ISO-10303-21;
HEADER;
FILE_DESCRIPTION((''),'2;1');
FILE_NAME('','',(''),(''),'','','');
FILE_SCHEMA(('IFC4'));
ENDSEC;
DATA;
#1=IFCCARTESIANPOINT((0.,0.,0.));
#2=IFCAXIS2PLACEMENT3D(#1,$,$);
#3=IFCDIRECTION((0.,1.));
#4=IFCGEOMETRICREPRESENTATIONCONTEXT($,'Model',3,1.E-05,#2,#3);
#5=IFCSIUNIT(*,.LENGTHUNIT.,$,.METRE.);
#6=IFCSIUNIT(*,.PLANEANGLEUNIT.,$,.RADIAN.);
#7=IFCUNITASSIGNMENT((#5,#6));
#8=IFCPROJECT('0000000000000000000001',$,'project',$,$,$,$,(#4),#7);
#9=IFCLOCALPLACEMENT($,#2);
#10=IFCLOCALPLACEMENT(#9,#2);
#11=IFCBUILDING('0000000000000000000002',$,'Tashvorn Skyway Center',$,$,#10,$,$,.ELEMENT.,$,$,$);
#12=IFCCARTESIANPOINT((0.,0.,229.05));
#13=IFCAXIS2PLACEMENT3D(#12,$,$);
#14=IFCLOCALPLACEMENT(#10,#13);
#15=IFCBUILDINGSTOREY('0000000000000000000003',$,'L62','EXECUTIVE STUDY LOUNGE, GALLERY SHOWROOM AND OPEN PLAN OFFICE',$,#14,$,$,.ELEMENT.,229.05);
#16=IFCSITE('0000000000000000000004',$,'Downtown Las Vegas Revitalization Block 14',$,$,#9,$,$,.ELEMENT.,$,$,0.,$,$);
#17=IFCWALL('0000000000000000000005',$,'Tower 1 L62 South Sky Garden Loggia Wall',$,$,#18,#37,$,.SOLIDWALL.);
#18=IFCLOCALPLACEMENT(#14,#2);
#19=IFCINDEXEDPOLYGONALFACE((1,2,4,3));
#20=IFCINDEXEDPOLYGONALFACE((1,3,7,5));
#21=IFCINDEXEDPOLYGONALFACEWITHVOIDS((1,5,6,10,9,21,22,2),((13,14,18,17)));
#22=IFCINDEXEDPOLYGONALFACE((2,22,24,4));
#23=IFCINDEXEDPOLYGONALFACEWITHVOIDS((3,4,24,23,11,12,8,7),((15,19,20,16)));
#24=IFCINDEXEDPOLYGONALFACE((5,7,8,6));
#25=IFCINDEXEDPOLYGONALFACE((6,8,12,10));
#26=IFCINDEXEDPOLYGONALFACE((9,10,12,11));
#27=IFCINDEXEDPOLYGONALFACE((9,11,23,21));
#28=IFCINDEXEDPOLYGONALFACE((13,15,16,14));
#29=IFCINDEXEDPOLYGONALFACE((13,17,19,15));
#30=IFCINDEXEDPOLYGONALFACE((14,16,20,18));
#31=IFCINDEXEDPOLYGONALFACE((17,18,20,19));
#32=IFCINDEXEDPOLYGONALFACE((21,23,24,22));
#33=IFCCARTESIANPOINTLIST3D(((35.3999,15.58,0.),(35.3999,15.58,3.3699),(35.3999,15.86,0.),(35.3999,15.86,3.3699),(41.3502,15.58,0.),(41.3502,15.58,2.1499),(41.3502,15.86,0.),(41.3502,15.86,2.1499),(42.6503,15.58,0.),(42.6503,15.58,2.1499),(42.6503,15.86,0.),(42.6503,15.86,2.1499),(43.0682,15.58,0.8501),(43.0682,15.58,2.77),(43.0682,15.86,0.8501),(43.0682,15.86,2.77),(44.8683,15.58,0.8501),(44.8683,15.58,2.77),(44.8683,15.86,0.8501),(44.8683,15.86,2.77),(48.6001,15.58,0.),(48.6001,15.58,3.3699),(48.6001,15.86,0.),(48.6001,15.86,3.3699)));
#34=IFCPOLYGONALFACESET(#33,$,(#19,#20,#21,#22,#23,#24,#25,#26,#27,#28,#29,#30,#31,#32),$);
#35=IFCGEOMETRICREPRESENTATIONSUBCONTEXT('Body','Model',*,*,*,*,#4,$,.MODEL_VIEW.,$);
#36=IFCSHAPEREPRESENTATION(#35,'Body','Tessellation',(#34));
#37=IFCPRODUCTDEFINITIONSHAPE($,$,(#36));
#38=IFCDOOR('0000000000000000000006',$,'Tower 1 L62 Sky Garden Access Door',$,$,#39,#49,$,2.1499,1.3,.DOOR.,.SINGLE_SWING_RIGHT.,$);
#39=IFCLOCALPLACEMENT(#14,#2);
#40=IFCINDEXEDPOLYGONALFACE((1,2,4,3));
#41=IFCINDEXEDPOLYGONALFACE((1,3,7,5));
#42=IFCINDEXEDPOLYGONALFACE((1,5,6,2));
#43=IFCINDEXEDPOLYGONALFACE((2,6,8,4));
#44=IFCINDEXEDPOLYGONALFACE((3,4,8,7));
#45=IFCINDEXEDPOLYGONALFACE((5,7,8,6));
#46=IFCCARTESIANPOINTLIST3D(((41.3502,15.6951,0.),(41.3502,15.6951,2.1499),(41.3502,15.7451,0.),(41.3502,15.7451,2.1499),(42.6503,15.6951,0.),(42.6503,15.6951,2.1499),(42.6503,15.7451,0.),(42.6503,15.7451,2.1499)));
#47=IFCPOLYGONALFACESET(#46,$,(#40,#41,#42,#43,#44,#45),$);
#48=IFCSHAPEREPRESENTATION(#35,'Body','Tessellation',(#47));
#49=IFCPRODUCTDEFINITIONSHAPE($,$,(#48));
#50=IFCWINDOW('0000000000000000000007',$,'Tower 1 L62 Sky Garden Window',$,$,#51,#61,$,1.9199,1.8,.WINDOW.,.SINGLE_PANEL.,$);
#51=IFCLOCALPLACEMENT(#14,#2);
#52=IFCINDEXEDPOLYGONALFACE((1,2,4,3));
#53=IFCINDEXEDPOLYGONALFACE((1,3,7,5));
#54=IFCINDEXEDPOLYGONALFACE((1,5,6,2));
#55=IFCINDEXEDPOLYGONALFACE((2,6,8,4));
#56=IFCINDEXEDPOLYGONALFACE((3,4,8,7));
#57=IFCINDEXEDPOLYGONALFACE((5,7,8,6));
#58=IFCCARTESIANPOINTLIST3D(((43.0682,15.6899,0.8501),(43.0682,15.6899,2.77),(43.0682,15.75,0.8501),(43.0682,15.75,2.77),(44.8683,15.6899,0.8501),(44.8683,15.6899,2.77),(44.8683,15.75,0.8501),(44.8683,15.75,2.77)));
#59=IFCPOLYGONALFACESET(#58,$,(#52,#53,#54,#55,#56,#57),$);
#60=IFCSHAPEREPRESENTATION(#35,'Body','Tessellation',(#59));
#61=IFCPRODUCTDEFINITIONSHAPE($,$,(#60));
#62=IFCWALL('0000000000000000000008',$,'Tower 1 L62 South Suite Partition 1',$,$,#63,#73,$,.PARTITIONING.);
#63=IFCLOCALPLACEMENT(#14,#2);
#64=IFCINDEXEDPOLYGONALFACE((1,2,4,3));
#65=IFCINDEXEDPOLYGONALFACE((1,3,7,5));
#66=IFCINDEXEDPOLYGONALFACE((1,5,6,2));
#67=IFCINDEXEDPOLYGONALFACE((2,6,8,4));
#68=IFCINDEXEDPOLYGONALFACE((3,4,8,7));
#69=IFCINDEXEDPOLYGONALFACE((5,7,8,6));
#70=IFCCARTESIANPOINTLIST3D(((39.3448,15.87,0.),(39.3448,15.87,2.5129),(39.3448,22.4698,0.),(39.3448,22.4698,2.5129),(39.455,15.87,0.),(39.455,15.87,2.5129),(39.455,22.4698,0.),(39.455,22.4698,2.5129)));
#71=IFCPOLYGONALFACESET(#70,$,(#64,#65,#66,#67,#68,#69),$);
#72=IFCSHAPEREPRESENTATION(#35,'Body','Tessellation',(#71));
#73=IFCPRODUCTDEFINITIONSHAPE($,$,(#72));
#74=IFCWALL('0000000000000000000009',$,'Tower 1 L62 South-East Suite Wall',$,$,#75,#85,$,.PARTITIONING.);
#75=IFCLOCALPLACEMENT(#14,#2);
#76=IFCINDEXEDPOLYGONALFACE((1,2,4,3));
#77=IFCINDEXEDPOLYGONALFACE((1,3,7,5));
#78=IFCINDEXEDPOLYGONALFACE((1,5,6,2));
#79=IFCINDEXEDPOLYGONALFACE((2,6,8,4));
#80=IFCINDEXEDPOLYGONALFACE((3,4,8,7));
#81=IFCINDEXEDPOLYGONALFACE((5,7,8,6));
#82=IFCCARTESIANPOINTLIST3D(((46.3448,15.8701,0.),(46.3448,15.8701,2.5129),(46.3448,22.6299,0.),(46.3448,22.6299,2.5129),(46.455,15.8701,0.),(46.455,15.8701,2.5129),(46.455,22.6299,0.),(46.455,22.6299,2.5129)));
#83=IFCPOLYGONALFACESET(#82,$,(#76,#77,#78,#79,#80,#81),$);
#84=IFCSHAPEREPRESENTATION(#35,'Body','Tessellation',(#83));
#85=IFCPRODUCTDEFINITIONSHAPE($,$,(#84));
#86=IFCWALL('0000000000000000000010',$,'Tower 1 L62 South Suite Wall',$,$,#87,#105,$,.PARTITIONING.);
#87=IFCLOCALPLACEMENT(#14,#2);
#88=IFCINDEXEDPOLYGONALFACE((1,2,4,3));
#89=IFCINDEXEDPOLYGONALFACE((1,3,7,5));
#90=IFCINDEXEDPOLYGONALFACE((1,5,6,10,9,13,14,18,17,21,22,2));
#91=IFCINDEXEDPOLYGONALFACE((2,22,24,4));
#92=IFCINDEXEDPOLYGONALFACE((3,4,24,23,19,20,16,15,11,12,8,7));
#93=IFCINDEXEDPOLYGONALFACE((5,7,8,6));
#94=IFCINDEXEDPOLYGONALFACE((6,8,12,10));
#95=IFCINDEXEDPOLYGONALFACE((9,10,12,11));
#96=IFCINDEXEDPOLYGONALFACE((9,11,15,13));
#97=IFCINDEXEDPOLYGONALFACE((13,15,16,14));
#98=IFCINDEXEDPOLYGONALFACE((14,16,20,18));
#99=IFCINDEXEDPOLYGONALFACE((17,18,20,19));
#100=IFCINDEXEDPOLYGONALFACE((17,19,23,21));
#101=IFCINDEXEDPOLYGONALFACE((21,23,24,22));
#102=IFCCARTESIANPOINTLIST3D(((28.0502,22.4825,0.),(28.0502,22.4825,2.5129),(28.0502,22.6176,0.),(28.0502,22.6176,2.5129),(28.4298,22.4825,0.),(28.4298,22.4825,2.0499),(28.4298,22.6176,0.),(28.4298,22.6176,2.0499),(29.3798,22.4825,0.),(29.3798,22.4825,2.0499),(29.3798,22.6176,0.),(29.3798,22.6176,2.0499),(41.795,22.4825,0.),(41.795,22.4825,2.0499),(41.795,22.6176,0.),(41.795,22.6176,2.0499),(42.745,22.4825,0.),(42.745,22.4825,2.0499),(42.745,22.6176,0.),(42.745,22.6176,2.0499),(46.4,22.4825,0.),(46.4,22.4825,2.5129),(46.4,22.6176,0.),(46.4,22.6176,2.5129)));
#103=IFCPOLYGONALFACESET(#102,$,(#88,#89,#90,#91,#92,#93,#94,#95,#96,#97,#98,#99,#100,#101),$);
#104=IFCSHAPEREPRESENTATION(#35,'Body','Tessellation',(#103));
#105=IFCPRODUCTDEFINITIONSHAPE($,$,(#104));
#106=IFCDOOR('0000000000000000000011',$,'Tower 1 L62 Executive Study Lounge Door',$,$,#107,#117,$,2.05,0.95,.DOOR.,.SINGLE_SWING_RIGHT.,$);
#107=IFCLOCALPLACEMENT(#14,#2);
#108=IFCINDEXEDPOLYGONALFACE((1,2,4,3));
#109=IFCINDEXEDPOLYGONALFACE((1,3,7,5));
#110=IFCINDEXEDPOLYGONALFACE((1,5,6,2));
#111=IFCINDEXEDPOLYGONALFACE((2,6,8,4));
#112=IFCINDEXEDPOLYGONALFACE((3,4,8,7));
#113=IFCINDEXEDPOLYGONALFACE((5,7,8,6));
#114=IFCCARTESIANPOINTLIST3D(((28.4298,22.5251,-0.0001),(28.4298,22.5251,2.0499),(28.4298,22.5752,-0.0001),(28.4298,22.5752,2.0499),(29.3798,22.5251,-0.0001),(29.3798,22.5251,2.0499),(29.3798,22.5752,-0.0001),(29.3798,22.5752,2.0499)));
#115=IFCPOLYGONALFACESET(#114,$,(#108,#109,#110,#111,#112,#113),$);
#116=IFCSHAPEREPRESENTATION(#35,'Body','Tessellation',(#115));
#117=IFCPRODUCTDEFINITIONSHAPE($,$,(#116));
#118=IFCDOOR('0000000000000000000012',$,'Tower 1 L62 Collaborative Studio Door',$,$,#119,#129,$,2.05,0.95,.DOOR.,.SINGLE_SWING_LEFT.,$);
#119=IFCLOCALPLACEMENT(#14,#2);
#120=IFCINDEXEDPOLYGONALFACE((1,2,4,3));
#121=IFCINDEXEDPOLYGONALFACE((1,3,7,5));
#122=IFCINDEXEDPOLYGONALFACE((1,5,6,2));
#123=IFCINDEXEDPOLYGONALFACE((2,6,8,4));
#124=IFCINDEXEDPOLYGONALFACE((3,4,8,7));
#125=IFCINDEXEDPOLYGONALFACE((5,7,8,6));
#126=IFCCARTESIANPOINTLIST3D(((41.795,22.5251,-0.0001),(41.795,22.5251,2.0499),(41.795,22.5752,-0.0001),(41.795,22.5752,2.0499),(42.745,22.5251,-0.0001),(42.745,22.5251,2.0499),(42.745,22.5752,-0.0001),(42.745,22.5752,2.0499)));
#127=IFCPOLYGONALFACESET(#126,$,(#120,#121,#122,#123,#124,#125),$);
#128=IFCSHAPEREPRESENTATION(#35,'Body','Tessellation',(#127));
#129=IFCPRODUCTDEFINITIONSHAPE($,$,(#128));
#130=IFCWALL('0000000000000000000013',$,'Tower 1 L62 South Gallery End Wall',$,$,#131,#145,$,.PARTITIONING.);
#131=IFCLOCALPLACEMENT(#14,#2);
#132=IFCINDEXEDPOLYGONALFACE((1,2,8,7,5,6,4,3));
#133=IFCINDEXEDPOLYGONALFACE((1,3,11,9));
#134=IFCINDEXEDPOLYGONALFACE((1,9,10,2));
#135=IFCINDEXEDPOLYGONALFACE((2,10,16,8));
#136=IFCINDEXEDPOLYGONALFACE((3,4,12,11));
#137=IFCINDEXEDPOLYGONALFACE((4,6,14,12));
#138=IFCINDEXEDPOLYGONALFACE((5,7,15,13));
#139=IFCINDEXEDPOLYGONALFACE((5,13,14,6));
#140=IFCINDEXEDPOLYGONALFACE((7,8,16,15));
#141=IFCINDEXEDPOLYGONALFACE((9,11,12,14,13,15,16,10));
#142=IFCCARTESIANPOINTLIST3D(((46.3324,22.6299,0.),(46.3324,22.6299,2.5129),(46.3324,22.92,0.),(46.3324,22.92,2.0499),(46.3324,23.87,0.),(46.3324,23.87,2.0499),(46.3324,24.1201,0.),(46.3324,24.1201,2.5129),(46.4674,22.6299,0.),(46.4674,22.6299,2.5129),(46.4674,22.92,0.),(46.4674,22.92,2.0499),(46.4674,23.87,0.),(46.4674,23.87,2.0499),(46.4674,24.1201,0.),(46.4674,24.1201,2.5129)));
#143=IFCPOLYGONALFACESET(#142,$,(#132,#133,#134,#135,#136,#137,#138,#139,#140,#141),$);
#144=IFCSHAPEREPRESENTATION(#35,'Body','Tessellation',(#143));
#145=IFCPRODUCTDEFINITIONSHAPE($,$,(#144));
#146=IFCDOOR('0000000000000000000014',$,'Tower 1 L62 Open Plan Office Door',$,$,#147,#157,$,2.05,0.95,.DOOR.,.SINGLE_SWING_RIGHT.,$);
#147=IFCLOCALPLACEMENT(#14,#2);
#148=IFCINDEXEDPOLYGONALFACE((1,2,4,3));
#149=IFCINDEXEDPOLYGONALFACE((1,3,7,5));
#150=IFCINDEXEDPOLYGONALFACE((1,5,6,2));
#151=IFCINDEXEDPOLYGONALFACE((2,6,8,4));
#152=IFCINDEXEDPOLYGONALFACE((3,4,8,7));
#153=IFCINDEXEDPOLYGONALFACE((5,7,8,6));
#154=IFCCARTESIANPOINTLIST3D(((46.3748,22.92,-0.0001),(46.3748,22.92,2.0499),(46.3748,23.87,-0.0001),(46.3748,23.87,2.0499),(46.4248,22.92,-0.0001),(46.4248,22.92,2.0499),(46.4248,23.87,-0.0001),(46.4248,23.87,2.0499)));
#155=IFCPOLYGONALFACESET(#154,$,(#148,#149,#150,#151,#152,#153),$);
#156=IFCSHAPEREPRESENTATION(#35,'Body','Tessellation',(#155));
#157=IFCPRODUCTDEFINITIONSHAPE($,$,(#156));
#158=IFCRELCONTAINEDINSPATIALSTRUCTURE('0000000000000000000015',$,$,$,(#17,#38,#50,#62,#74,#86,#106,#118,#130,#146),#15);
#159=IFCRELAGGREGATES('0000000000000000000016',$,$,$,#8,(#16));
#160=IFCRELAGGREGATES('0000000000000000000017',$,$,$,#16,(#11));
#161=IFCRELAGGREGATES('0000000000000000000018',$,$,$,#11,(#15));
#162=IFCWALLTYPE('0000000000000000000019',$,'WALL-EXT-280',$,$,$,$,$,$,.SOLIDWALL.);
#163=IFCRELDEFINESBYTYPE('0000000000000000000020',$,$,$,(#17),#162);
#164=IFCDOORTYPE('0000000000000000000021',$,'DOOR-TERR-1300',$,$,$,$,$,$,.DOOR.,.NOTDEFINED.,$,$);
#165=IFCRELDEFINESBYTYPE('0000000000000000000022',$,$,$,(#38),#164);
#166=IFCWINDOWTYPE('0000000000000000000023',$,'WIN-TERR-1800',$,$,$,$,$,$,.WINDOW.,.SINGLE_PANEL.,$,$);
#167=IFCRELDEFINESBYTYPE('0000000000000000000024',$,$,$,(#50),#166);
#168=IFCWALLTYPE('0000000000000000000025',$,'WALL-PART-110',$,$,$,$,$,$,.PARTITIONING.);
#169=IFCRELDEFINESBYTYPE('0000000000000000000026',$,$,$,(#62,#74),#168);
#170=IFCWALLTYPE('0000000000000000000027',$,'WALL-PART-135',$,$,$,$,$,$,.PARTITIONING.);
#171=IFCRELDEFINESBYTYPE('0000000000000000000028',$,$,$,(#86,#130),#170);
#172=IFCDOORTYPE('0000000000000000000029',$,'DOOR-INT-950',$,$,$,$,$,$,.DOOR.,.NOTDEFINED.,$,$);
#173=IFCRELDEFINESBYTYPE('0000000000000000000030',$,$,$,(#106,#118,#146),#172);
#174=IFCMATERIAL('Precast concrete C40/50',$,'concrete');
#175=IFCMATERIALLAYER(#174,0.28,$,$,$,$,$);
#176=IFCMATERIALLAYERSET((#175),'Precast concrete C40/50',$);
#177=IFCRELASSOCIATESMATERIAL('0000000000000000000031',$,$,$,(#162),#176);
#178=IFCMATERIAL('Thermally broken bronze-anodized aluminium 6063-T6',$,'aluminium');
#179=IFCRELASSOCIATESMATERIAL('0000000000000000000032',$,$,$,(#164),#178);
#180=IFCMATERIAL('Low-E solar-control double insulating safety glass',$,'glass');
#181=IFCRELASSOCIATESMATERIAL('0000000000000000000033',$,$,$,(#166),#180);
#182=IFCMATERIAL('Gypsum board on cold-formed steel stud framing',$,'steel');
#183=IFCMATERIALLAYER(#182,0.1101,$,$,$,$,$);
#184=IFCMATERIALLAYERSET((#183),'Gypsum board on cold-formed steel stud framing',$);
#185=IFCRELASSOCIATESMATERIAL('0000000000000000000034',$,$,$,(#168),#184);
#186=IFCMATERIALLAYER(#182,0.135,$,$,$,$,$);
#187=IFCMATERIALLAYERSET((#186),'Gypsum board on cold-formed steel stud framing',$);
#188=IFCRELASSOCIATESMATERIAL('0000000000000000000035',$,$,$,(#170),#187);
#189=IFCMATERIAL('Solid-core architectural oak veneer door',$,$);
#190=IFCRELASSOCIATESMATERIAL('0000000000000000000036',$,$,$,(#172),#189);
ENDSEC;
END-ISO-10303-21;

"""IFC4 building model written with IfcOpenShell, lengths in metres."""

from ifc_helpers import new_model, si_unit, direction, frame, frame_2d, origin, place, context, subcontext, project, spatial, rectangle, extrude, material, layer, layer_set, type_object, element, fill, save


model = new_model("IFC4")

# Units and contexts
model_context = context("Model", 3, precision=1e-05, world=origin(), true_north=direction((0.0, 1.0)))
body_context = subcontext(model_context, "Body", "Model", "MODEL_VIEW")
ifc_project = project(units=[si_unit("LENGTHUNIT", "METRE"), si_unit("PLANEANGLEUNIT", "RADIAN")], contexts=[model_context])

# Site, building, storey
site_placement = place(None, origin())
site = spatial("IfcSite", under=ifc_project, at=site_placement, Name="Downtown Las Vegas Revitalization Block 14", CompositionType="ELEMENT", RefElevation=0.0)
building_placement = place(site_placement, origin())
building = spatial("IfcBuilding", under=site, at=building_placement, Name="Tashvorn Skyway Center", CompositionType="ELEMENT")
storey_placement = place(building_placement, frame((0.0, 0.0, 229.05)))
storey = spatial("IfcBuildingStorey", under=building, at=storey_placement, Name="L62", Description="EXECUTIVE STUDY LOUNGE, GALLERY SHOWROOM AND OPEN PLAN OFFICE", CompositionType="ELEMENT", Elevation=229.05)

# Shared definitions
ifc_material_1 = material(Name="Thermally broken bronze-anodized aluminium 6063-T6", Category="aluminium")

# Wall, openings, door, window
ifc_material_2 = material(Name="Precast concrete C40/50", Category="concrete")
ifc_layer_1 = layer(ifc_material_2, 0.28)
ifc_layer_set_1 = layer_set([ifc_layer_1], Name="Precast concrete C40/50")
wall_type_1 = type_object("IfcWallType", Name="WALL-EXT-280", PredefinedType="SOLIDWALL", material=ifc_layer_set_1)
wall_1_placement = place(storey_placement, frame((48.6001, 15.72, 0.0), z_axis=(0.0, 0.0, 1.0), x_axis=(-1.0, 0.0, 0.0)))
wall_1 = element("IfcWall", 1, at=wall_1_placement, inside=storey, type_object=wall_type_1, Name="Tower 1 L62 South Sky Garden Loggia Wall", PredefinedType="SOLIDWALL", context=body_context, shape_type="SweptSolid", body=[
    extrude(rectangle(XDim=13.2002, YDim=0.28, at=frame_2d((6.6001, 0.0))), origin(), (0.0, 0.0, 1.0), 3.3699),
])
opening_1_placement = place(wall_1_placement, frame((5.95, 0.0, 0.0)))
opening_1 = element("IfcOpeningElement", 2, at=opening_1_placement, cuts=wall_1, PredefinedType="OPENING", context=body_context, shape_type="SweptSolid", body=[
    extrude(rectangle(XDim=1.3, YDim=2.1499, at=frame_2d((0.6499, 1.075))), frame((0.0, 0.1499, 0.0), z_axis=(0.0, -1.0, 0.0), x_axis=(1.0, 0.0, 0.0)), (0.0, 0.0, 1.0), 0.3),
])
opening_2_placement = place(wall_1_placement, frame((3.7319, 0.0, 0.8501)))
opening_2 = element("IfcOpeningElement", 3, at=opening_2_placement, cuts=wall_1, PredefinedType="OPENING", context=body_context, shape_type="SweptSolid", body=[
    extrude(rectangle(XDim=1.8, YDim=1.9199, at=frame_2d((0.8999, 0.96))), frame((0.0, 0.1499, 0.0), z_axis=(0.0, -1.0, 0.0), x_axis=(1.0, 0.0, 0.0)), (0.0, 0.0, 1.0), 0.3),
])
door_type_1 = type_object("IfcDoorType", Name="DOOR-TERR-1300", OperationType="NOTDEFINED", PredefinedType="DOOR", material=ifc_material_1)
door_1_placement = place(opening_1_placement, origin())
door_1 = element("IfcDoor", 4, at=door_1_placement, inside=storey, type_object=door_type_1, Name="Tower 1 L62 Sky Garden Access Door", OperationType="SINGLE_SWING_RIGHT", OverallHeight=2.1499, OverallWidth=1.3, PredefinedType="DOOR", context=body_context, shape_type="SweptSolid", body=[
    extrude(rectangle(XDim=1.3, YDim=2.1499, at=frame_2d((0.6499, 1.075))), frame((0.0, 0.0249, 0.0), z_axis=(0.0, -1.0, 0.0), x_axis=(1.0, 0.0, 0.0)), (0.0, 0.0, 1.0), 0.05),
])
fill(opening_1, door_1)
ifc_material_3 = material(Name="Low-E solar-control double insulating safety glass", Category="glass")
window_type = type_object("IfcWindowType", Name="WIN-TERR-1800", PartitioningType="SINGLE_PANEL", PredefinedType="WINDOW", material=ifc_material_3)
window_placement = place(opening_2_placement, origin())
window = element("IfcWindow", 5, at=window_placement, inside=storey, type_object=window_type, Name="Tower 1 L62 Sky Garden Window", OverallHeight=1.9199, OverallWidth=1.8, PartitioningType="SINGLE_PANEL", PredefinedType="WINDOW", context=body_context, shape_type="SweptSolid", body=[
    extrude(rectangle(XDim=1.8, YDim=1.9199, at=frame_2d((0.8999, 0.96))), frame((0.0, 0.03, 0.0), z_axis=(0.0, -1.0, 0.0), x_axis=(1.0, 0.0, 0.0)), (0.0, 0.0, 1.0), 0.0601),
])
fill(opening_2, window)

# Walls
ifc_material_4 = material(Name="Gypsum board on cold-formed steel stud framing", Category="steel")
ifc_layer_2 = layer(ifc_material_4, 0.1101)
ifc_layer_set_2 = layer_set([ifc_layer_2], Name="Gypsum board on cold-formed steel stud framing")
wall_type_2 = type_object("IfcWallType", Name="WALL-PART-110", PredefinedType="PARTITIONING", material=ifc_layer_set_2)
wall_2_placement = place(storey_placement, frame((39.3999, 15.8701, 0.0), z_axis=(0.0, 0.0, 1.0), x_axis=(0.0, 1.0, 0.0)))
element("IfcWall", 6, at=wall_2_placement, inside=storey, type_object=wall_type_2, Name="Tower 1 L62 South Suite Partition 1", PredefinedType="PARTITIONING", context=body_context, shape_type="SweptSolid", body=[
    extrude(rectangle(XDim=6.5999, YDim=0.1101, at=frame_2d((3.2998, 0.0))), origin(), (0.0, 0.0, 1.0), 2.5129),
])
wall_3_placement = place(storey_placement, frame((46.3999, 15.8701, 0.0), z_axis=(0.0, 0.0, 1.0), x_axis=(0.0, 1.0, 0.0)))
element("IfcWall", 7, at=wall_3_placement, inside=storey, type_object=wall_type_2, Name="Tower 1 L62 South-East Suite Wall", PredefinedType="PARTITIONING", context=body_context, shape_type="SweptSolid", body=[
    extrude(rectangle(XDim=6.7598, YDim=0.1101, at=frame_2d((3.3799, 0.0))), origin(), (0.0, 0.0, 1.0), 2.5129),
])

# Wall, openings, doors
ifc_layer_3 = layer(ifc_material_4, 0.135)
ifc_layer_set_3 = layer_set([ifc_layer_3], Name="Gypsum board on cold-formed steel stud framing")
wall_type_3 = type_object("IfcWallType", Name="WALL-PART-135", PredefinedType="PARTITIONING", material=ifc_layer_set_3)
wall_4_placement = place(storey_placement, frame((46.3999, 22.55, 0.0), z_axis=(0.0, 0.0, 1.0), x_axis=(-1.0, 0.0, 0.0)))
wall_4 = element("IfcWall", 8, at=wall_4_placement, inside=storey, type_object=wall_type_3, Name="Tower 1 L62 South Suite Wall", PredefinedType="PARTITIONING", context=body_context, shape_type="SweptSolid", body=[
    extrude(rectangle(XDim=18.3499, YDim=0.135, at=frame_2d((9.1748, 0.0))), origin(), (0.0, 0.0, 1.0), 2.5129),
])
opening_3_placement = place(wall_4_placement, frame((17.02, 0.0, 0.0)))
opening_3 = element("IfcOpeningElement", 9, at=opening_3_placement, cuts=wall_4, PredefinedType="OPENING", context=body_context, shape_type="SweptSolid", body=[
    extrude(rectangle(XDim=0.95, YDim=2.05, at=frame_2d((0.4751, 1.0249))), frame((0.0, 0.0774, 0.0), z_axis=(0.0, -1.0, 0.0), x_axis=(1.0, 0.0, 0.0)), (0.0, 0.0, 1.0), 0.155),
])
opening_4_placement = place(wall_4_placement, frame((3.6548, 0.0, 0.0)))
opening_4 = element("IfcOpeningElement", 10, at=opening_4_placement, cuts=wall_4, PredefinedType="OPENING", context=body_context, shape_type="SweptSolid", body=[
    extrude(rectangle(XDim=0.95, YDim=2.05, at=frame_2d((0.4751, 1.0249))), frame((0.0, 0.0774, 0.0), z_axis=(0.0, -1.0, 0.0), x_axis=(1.0, 0.0, 0.0)), (0.0, 0.0, 1.0), 0.155),
])
ifc_material_5 = material(Name="Solid-core architectural oak veneer door")
door_type_2 = type_object("IfcDoorType", Name="DOOR-INT-950", OperationType="NOTDEFINED", PredefinedType="DOOR", material=ifc_material_5)
door_2_placement = place(opening_3_placement, origin())
door_2 = element("IfcDoor", 11, at=door_2_placement, inside=storey, type_object=door_type_2, Name="Tower 1 L62 Executive Study Lounge Door", OperationType="SINGLE_SWING_RIGHT", OverallHeight=2.05, OverallWidth=0.95, PredefinedType="DOOR", context=body_context, shape_type="SweptSolid", body=[
    extrude(rectangle(XDim=0.95, YDim=2.05, at=frame_2d((0.4751, 1.0249))), frame((0.0, 0.0249, 0.0), z_axis=(0.0, -1.0, 0.0), x_axis=(1.0, 0.0, 0.0)), (0.0, 0.0, 1.0), 0.05),
])
fill(opening_3, door_2)
door_3_placement = place(opening_4_placement, origin())
door_3 = element("IfcDoor", 12, at=door_3_placement, inside=storey, type_object=door_type_2, Name="Tower 1 L62 Collaborative Studio Door", OperationType="SINGLE_SWING_LEFT", OverallHeight=2.05, OverallWidth=0.95, PredefinedType="DOOR", context=body_context, shape_type="SweptSolid", body=[
    extrude(rectangle(XDim=0.95, YDim=2.05, at=frame_2d((0.4751, 1.0249))), frame((0.0, 0.0249, 0.0), z_axis=(0.0, -1.0, 0.0), x_axis=(1.0, 0.0, 0.0)), (0.0, 0.0, 1.0), 0.05),
])
fill(opening_4, door_3)

# Wall, opening, door
wall_5_placement = place(storey_placement, frame((46.3999, 24.1201, 0.0), z_axis=(0.0, 0.0, 1.0), x_axis=(0.0, -1.0, 0.0)))
wall_5 = element("IfcWall", 13, at=wall_5_placement, inside=storey, type_object=wall_type_3, Name="Tower 1 L62 South Gallery End Wall", PredefinedType="PARTITIONING", context=body_context, shape_type="SweptSolid", body=[
    extrude(rectangle(XDim=1.4902, YDim=0.135, at=frame_2d((0.7451, 0.0))), origin(), (0.0, 0.0, 1.0), 2.5129),
])
opening_5_placement = place(wall_5_placement, frame((0.25, 0.0, 0.0)))
opening_5 = element("IfcOpeningElement", 14, at=opening_5_placement, cuts=wall_5, PredefinedType="OPENING", context=body_context, shape_type="SweptSolid", body=[
    extrude(rectangle(XDim=0.95, YDim=2.05, at=frame_2d((0.4751, 1.0249))), frame((0.0, 0.0774, 0.0), z_axis=(0.0, -1.0, 0.0), x_axis=(1.0, 0.0, 0.0)), (0.0, 0.0, 1.0), 0.155),
])
door_4_placement = place(opening_5_placement, origin())
door_4 = element("IfcDoor", 15, at=door_4_placement, inside=storey, type_object=door_type_2, Name="Tower 1 L62 Open Plan Office Door", OperationType="SINGLE_SWING_RIGHT", OverallHeight=2.05, OverallWidth=0.95, PredefinedType="DOOR", context=body_context, shape_type="SweptSolid", body=[
    extrude(rectangle(XDim=0.95, YDim=2.05, at=frame_2d((0.4751, 1.0249))), frame((0.0, 0.0249, 0.0), z_axis=(0.0, -1.0, 0.0), x_axis=(1.0, 0.0, 0.0)), (0.0, 0.0, 1.0), 0.05),
])
fill(opening_5, door_4)

save(model, "model.ifc")
